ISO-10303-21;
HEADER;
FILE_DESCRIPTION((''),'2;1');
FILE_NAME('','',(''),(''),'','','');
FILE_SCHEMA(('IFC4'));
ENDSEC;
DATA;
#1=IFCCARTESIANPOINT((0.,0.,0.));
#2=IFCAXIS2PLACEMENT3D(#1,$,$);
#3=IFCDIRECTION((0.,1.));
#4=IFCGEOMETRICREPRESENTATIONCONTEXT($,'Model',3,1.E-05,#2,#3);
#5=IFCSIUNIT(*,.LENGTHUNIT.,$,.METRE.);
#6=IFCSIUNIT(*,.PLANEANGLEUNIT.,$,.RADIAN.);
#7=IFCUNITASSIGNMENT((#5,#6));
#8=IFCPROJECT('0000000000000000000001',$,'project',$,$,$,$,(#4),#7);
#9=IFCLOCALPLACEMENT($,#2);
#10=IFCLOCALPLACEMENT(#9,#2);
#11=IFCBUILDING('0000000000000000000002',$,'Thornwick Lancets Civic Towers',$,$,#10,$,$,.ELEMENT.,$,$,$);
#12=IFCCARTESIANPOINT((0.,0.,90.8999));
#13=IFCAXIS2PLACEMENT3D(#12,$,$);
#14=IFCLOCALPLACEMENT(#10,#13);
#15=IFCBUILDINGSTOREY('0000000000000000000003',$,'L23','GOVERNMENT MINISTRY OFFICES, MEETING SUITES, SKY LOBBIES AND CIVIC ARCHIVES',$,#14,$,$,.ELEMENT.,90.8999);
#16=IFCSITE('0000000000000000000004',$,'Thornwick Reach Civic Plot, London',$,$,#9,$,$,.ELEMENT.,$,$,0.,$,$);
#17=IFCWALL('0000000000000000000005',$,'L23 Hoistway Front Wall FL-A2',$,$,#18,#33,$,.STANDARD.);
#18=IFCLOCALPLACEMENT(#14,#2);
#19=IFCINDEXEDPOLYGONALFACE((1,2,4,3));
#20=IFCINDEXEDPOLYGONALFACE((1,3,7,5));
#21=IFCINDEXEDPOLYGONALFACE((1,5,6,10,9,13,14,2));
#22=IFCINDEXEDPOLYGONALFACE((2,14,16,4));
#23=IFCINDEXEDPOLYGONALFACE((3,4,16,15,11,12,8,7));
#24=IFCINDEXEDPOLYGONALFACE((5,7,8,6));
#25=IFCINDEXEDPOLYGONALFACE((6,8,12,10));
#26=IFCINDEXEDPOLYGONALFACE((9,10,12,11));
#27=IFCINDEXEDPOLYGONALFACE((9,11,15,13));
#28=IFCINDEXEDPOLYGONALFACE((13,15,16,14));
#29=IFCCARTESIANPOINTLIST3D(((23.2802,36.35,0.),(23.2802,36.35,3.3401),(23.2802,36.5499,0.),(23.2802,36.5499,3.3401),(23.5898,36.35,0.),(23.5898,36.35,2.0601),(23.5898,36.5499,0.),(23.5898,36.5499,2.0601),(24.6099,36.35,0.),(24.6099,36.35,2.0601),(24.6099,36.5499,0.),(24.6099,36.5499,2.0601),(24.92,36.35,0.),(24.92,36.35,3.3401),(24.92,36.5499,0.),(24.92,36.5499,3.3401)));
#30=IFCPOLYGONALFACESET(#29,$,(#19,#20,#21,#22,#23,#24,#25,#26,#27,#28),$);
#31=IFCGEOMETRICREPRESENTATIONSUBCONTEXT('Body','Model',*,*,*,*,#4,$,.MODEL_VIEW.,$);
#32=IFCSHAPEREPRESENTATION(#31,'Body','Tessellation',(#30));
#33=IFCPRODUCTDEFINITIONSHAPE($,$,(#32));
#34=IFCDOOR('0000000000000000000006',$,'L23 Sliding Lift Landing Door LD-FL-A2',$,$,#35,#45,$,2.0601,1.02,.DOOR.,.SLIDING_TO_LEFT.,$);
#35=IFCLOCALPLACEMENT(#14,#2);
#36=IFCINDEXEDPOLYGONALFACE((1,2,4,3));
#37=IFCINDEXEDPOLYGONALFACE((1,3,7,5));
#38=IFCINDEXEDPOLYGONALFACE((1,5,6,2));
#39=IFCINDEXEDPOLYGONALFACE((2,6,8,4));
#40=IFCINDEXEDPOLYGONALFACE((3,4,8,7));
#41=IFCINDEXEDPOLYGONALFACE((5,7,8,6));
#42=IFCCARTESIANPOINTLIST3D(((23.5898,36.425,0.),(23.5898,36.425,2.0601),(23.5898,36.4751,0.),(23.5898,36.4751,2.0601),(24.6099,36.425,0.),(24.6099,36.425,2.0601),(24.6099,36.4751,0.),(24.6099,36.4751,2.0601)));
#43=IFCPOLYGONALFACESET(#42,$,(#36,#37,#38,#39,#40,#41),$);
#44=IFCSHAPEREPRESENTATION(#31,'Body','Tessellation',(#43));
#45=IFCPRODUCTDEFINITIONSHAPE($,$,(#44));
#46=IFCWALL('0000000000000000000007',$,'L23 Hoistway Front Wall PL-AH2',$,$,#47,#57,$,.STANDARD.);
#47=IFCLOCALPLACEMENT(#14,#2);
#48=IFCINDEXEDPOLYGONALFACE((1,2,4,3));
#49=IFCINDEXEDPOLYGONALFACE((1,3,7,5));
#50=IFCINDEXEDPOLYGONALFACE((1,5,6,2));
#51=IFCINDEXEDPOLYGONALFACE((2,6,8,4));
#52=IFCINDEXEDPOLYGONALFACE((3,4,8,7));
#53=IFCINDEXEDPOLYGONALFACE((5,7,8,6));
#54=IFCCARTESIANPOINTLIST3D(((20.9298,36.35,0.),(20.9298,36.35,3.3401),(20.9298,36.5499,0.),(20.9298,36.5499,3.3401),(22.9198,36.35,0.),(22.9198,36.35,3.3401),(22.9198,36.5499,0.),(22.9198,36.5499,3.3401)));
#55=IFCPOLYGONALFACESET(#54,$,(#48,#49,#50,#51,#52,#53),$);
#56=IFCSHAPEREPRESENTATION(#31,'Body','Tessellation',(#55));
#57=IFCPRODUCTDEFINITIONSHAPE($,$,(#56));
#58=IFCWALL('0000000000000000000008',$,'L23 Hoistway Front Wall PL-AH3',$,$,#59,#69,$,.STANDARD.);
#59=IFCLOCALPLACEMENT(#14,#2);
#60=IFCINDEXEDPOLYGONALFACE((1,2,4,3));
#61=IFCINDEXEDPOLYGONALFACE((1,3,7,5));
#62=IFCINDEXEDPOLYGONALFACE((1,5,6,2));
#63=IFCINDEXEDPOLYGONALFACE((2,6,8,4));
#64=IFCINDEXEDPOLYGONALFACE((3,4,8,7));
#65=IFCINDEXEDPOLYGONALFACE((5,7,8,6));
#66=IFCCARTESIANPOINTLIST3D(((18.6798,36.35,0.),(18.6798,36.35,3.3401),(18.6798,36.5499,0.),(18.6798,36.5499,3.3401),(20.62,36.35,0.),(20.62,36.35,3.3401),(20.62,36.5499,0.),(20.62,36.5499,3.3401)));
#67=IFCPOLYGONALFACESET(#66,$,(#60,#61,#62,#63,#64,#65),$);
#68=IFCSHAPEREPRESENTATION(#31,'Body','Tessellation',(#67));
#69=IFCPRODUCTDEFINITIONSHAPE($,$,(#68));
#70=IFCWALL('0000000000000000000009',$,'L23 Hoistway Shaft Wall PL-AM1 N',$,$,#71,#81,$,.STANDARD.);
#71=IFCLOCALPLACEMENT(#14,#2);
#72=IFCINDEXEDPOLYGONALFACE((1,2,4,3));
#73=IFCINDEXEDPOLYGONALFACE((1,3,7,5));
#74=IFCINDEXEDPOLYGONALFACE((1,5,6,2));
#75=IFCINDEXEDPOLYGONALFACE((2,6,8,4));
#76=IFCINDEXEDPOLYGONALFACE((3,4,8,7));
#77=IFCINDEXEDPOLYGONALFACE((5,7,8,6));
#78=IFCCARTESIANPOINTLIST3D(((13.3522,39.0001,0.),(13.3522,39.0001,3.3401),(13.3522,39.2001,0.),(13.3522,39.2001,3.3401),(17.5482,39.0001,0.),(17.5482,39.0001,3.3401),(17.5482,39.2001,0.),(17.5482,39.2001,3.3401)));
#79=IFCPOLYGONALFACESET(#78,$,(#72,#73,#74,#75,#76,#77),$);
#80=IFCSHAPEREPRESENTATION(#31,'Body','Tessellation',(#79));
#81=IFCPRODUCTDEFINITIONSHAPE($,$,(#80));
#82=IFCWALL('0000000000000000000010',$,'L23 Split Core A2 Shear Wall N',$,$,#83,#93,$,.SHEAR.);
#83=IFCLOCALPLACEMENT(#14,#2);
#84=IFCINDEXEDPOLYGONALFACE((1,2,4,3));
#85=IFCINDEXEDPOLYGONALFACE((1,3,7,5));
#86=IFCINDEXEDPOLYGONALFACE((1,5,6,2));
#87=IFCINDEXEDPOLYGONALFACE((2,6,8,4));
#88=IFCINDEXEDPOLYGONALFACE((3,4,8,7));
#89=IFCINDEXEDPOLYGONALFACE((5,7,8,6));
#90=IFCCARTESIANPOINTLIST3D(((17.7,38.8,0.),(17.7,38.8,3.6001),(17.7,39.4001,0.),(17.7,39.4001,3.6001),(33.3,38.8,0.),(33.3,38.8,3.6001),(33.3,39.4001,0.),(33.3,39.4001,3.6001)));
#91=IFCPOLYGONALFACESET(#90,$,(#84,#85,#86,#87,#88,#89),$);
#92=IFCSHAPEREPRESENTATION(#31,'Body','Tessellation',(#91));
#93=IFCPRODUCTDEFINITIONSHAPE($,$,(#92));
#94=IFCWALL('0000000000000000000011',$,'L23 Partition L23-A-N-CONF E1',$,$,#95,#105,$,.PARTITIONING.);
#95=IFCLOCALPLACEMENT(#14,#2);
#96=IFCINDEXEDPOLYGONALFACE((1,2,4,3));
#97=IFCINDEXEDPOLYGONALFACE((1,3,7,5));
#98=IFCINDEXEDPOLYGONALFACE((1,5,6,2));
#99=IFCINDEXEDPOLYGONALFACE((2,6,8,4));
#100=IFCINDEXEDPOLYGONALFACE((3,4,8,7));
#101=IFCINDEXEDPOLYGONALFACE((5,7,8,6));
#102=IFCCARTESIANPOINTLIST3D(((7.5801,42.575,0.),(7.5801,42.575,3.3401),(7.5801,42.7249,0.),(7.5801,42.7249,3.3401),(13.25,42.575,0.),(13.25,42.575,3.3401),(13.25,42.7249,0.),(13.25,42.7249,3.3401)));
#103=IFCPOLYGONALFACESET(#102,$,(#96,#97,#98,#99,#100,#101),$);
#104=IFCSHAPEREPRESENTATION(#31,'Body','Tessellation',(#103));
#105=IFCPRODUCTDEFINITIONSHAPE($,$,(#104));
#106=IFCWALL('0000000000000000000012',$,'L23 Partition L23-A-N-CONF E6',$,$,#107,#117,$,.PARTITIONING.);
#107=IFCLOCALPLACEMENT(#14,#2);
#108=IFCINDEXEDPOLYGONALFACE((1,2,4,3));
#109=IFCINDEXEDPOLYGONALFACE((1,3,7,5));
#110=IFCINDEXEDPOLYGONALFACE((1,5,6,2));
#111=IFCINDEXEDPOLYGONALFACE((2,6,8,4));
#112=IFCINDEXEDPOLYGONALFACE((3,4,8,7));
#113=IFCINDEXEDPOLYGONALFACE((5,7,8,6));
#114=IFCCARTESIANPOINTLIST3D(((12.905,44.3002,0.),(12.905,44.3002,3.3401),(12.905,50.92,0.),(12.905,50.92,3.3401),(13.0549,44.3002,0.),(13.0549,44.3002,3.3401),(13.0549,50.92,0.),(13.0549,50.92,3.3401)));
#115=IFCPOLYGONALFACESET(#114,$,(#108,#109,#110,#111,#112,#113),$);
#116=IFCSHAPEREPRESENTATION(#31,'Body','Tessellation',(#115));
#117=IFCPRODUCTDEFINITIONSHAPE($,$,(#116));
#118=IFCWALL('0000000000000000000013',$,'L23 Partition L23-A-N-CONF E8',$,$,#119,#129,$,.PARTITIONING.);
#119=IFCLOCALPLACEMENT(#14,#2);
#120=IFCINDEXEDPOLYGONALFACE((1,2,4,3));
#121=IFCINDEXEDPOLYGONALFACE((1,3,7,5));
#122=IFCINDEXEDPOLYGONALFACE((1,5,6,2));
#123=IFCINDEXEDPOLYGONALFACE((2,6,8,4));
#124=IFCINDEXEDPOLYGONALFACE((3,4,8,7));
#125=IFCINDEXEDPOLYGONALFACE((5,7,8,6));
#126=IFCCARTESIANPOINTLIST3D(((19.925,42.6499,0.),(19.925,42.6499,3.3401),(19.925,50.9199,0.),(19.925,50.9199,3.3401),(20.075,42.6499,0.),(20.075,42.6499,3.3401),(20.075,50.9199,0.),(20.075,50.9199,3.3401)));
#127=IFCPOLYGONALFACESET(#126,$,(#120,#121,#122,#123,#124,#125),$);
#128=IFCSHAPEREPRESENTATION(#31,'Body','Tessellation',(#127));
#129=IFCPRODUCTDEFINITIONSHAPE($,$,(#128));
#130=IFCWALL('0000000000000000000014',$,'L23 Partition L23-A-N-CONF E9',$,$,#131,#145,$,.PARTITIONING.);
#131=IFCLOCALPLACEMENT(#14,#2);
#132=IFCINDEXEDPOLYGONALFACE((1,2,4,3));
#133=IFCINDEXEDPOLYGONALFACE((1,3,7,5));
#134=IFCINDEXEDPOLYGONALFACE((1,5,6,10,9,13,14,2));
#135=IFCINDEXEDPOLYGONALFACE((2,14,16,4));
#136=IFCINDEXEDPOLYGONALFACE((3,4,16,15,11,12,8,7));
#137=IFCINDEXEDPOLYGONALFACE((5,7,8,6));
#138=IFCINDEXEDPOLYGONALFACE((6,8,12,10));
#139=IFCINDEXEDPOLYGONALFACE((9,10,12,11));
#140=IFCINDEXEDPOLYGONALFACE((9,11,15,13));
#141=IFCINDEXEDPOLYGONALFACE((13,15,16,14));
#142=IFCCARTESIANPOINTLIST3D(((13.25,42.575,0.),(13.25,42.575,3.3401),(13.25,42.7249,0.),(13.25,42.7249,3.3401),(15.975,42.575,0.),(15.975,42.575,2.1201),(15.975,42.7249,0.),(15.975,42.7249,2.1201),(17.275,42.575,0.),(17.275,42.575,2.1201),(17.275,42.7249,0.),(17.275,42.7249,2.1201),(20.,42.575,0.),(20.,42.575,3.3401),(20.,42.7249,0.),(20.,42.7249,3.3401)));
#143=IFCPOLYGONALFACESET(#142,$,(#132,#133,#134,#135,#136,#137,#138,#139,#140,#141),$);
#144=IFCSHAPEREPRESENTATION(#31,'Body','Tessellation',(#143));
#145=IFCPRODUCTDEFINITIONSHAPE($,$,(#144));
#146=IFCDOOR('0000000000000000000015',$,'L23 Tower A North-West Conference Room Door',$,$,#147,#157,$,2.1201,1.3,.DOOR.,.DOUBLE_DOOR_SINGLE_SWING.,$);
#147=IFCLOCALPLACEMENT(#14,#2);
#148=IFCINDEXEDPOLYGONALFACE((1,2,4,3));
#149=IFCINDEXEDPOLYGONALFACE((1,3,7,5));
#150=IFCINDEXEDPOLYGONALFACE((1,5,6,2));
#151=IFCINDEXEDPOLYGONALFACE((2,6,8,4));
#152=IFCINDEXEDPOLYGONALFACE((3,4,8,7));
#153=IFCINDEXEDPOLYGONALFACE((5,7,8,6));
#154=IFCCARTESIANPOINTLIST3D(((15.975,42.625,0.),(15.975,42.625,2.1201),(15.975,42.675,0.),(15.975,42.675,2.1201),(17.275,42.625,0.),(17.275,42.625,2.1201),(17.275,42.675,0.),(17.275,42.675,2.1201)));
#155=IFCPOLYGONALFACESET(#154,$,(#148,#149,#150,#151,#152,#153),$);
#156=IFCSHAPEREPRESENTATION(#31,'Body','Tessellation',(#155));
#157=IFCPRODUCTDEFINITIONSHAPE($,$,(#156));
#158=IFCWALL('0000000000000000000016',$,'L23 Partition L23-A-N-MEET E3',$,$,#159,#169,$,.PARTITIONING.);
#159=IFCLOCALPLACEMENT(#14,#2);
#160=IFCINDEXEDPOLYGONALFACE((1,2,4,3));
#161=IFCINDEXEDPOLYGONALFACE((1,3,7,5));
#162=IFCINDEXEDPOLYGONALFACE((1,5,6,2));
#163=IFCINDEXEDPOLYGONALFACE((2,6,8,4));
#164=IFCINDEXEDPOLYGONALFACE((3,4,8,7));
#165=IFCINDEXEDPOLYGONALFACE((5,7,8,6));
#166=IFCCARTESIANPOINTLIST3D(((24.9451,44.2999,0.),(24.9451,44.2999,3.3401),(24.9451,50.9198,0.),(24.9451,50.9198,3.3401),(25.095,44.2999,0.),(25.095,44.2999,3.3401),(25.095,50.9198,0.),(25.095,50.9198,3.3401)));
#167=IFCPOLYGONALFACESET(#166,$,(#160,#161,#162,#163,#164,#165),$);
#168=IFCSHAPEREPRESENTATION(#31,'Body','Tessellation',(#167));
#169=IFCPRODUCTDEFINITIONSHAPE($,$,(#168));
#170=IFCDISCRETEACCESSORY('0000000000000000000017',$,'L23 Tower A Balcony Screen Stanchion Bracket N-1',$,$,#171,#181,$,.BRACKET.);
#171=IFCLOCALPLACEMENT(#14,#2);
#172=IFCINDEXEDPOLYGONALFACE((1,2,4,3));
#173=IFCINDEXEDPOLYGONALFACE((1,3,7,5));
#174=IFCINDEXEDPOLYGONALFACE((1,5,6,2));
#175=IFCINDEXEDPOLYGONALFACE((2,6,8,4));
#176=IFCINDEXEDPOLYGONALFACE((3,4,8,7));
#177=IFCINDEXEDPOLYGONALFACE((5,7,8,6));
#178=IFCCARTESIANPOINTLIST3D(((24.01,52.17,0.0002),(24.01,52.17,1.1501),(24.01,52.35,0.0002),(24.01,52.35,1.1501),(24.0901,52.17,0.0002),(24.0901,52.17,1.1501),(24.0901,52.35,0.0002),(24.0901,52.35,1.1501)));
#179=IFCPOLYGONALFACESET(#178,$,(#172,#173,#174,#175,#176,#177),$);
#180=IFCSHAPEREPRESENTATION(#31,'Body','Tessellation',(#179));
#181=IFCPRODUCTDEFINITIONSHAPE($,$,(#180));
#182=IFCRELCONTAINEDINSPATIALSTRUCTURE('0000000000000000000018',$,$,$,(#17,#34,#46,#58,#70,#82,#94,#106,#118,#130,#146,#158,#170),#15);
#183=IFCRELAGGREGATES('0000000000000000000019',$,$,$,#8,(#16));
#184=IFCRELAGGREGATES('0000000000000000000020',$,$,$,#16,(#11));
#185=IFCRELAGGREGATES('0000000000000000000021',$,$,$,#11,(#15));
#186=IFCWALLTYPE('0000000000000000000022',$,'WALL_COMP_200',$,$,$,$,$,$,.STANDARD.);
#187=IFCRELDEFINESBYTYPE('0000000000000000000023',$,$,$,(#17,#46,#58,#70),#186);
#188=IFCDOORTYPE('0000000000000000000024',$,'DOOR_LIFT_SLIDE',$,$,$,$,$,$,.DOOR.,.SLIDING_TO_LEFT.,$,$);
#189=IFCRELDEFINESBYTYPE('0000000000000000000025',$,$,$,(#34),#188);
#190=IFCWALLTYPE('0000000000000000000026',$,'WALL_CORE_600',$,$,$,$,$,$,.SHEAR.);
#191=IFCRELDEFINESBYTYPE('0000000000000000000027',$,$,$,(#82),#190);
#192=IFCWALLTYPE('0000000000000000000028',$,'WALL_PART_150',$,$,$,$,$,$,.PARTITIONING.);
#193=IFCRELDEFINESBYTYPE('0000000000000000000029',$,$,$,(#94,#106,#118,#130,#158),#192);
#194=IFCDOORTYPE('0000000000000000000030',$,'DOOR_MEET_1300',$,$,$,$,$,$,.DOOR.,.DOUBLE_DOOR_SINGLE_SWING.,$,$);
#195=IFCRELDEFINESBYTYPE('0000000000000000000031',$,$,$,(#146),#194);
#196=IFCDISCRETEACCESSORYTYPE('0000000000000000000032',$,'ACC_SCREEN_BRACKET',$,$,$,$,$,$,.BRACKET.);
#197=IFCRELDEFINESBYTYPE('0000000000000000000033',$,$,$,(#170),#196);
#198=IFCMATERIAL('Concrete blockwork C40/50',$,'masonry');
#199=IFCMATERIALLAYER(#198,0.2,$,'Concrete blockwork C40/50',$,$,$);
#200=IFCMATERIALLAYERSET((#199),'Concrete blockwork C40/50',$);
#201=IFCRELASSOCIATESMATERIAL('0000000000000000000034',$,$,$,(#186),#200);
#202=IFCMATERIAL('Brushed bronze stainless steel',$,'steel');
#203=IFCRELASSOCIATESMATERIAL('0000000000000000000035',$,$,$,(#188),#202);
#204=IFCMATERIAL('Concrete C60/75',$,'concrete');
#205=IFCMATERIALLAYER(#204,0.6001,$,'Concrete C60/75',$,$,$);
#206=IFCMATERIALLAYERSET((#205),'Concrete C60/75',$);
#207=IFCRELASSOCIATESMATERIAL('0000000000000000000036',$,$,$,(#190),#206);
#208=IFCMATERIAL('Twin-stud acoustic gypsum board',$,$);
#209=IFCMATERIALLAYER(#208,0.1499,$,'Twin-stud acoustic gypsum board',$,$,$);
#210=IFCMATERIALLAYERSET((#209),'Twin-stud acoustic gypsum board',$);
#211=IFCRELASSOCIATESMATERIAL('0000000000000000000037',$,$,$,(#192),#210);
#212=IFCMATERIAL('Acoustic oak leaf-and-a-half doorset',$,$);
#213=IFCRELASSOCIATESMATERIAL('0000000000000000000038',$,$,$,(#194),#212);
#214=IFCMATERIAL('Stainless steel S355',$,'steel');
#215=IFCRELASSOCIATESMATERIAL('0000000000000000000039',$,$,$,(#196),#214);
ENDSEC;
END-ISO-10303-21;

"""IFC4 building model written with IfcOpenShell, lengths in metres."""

from ifc_helpers import new_model, si_unit, direction, frame, frame_2d, origin, origin_2d, place, context, subcontext, project, spatial, rectangle, extrude, material, layer, layer_set, type_object, element, fill, save


model = new_model("IFC4")

# Units and contexts
model_context = context("Model", 3, precision=1e-05, world=origin(), true_north=direction((0.0, 1.0)))
body_context = subcontext(model_context, "Body", "Model", "MODEL_VIEW")
ifc_project = project(units=[si_unit("LENGTHUNIT", "METRE"), si_unit("PLANEANGLEUNIT", "RADIAN")], contexts=[model_context])

# Site, building, storey
site_placement = place(None, origin())
site = spatial("IfcSite", under=ifc_project, at=site_placement, Name="Thornwick Reach Civic Plot, London", CompositionType="ELEMENT", RefElevation=0.0)
building_placement = place(site_placement, origin())
building = spatial("IfcBuilding", under=site, at=building_placement, Name="Thornwick Lancets Civic Towers", CompositionType="ELEMENT")
storey_placement = place(building_placement, frame((0.0, 0.0, 90.8999)))
storey = spatial("IfcBuildingStorey", under=building, at=storey_placement, Name="L23", Description="GOVERNMENT MINISTRY OFFICES, MEETING SUITES, SKY LOBBIES AND CIVIC ARCHIVES", CompositionType="ELEMENT", Elevation=90.8999)

# Shared definitions
ifc_material_1 = material(Name="Concrete C60/75", Category="concrete")

# Wall, opening, door
ifc_material_2 = material(Name="Concrete blockwork C40/50", Category="masonry")
ifc_layer_1 = layer(ifc_material_2, 0.2, Name="Concrete blockwork C40/50")
ifc_layer_set_1 = layer_set([ifc_layer_1], Name="Concrete blockwork C40/50")
wall_type_1 = type_object("IfcWallType", Name="WALL_COMP_200", PredefinedType="STANDARD", material=ifc_layer_set_1)
wall_1_placement = place(storey_placement, frame((24.9199, 36.45, 0.0), z_axis=(0.0, 0.0, 1.0), x_axis=(-1.0, 0.0, 0.0)))
wall_1 = element("IfcWall", 1, at=wall_1_placement, inside=storey, type_object=wall_type_1, Name="L23 Hoistway Front Wall FL-A2", PredefinedType="STANDARD", context=body_context, shape_type="SweptSolid", body=[
    extrude(rectangle(XDim=1.6399, YDim=0.2, at=frame_2d((0.8198, 0.0))), origin(), (0.0, 0.0, 1.0), 3.3401),
])
opening_1_placement = place(wall_1_placement, frame((0.3101, 0.0, 0.0)))
opening_1 = element("IfcOpeningElement", 2, at=opening_1_placement, cuts=wall_1, PredefinedType="OPENING", context=body_context, shape_type="SweptSolid", body=[
    extrude(rectangle(XDim=1.02, YDim=2.0601, at=frame_2d((0.51, 1.03))), frame((0.0, 0.1099, 0.0), z_axis=(0.0, -1.0, 0.0), x_axis=(1.0, 0.0, 0.0)), (0.0, 0.0, 1.0), 0.22),
])
ifc_material_3 = material(Name="Brushed bronze stainless steel", Category="steel")
door_type_1 = type_object("IfcDoorType", Name="DOOR_LIFT_SLIDE", OperationType="SLIDING_TO_LEFT", PredefinedType="DOOR", material=ifc_material_3)
door_1_placement = place(opening_1_placement, origin())
door_1 = element("IfcDoor", 3, at=door_1_placement, inside=storey, type_object=door_type_1, Name="L23 Sliding Lift Landing Door LD-FL-A2", OperationType="SLIDING_TO_LEFT", OverallHeight=2.0601, OverallWidth=1.02, PredefinedType="DOOR", context=body_context, shape_type="SweptSolid", body=[
    extrude(rectangle(XDim=1.02, YDim=2.0601, at=frame_2d((0.51, 1.03))), frame((0.0, 0.0249, 0.0), z_axis=(0.0, -1.0, 0.0), x_axis=(1.0, 0.0, 0.0)), (0.0, 0.0, 1.0), 0.05),
])
fill(opening_1, door_1)

# Walls
wall_2_placement = place(storey_placement, frame((22.9199, 36.45, 0.0), z_axis=(0.0, 0.0, 1.0), x_axis=(-1.0, 0.0, 0.0)))
element("IfcWall", 4, at=wall_2_placement, inside=storey, type_object=wall_type_1, Name="L23 Hoistway Front Wall PL-AH2", PredefinedType="STANDARD", context=body_context, shape_type="SweptSolid", body=[
    extrude(rectangle(XDim=1.99, YDim=0.2, at=frame_2d((0.9951, 0.0))), origin(), (0.0, 0.0, 1.0), 3.3401),
])
wall_3_placement = place(storey_placement, frame((20.6201, 36.45, 0.0), z_axis=(0.0, 0.0, 1.0), x_axis=(-1.0, 0.0, 0.0)))
element("IfcWall", 5, at=wall_3_placement, inside=storey, type_object=wall_type_1, Name="L23 Hoistway Front Wall PL-AH3", PredefinedType="STANDARD", context=body_context, shape_type="SweptSolid", body=[
    extrude(rectangle(XDim=1.9402, YDim=0.2, at=frame_2d((0.9702, 0.0))), origin(), (0.0, 0.0, 1.0), 3.3401),
])
wall_4_placement = place(storey_placement, frame((13.3521, 39.1001, 0.0), z_axis=(0.0, 0.0, 1.0), x_axis=(1.0, 0.0, 0.0)))
element("IfcWall", 6, at=wall_4_placement, inside=storey, type_object=wall_type_1, Name="L23 Hoistway Shaft Wall PL-AM1 N", PredefinedType="STANDARD", context=body_context, shape_type="SweptSolid", body=[
    extrude(rectangle(XDim=4.196, YDim=0.2, at=frame_2d((2.0981, 0.0))), origin(), (0.0, 0.0, 1.0), 3.3401),
])
ifc_layer_2 = layer(ifc_material_1, 0.6001, Name="Concrete C60/75")
ifc_layer_set_2 = layer_set([ifc_layer_2], Name="Concrete C60/75")
wall_type_2 = type_object("IfcWallType", Name="WALL_CORE_600", PredefinedType="SHEAR", material=ifc_layer_set_2)
wall_5_placement = place(storey_placement, frame((17.7, 39.1001, 0.0), z_axis=(0.0, 0.0, 1.0), x_axis=(1.0, 0.0, 0.0)))
element("IfcWall", 7, at=wall_5_placement, inside=storey, type_object=wall_type_2, Name="L23 Split Core A2 Shear Wall N", PredefinedType="SHEAR", context=body_context, shape_type="SweptSolid", body=[
    extrude(rectangle(XDim=15.6001, YDim=0.6001, at=frame_2d((7.8, 0.0))), origin(), (0.0, 0.0, 1.0), 3.6001),
])
ifc_material_4 = material(Name="Twin-stud acoustic gypsum board")
ifc_layer_3 = layer(ifc_material_4, 0.1499, Name="Twin-stud acoustic gypsum board")
ifc_layer_set_3 = layer_set([ifc_layer_3], Name="Twin-stud acoustic gypsum board")
wall_type_3 = type_object("IfcWallType", Name="WALL_PART_150", PredefinedType="PARTITIONING", material=ifc_layer_set_3)
wall_6_placement = place(storey_placement, frame((13.25, 42.6499, 0.0), z_axis=(0.0, 0.0, 1.0), x_axis=(-1.0, 0.0, 0.0)))
element("IfcWall", 8, at=wall_6_placement, inside=storey, type_object=wall_type_3, Name="L23 Partition L23-A-N-CONF E1", PredefinedType="PARTITIONING", context=body_context, shape_type="SweptSolid", body=[
    extrude(rectangle(XDim=5.6699, YDim=0.1499, at=frame_2d((2.835, 0.0))), origin(), (0.0, 0.0, 1.0), 3.3401),
])
wall_7_placement = place(storey_placement, frame((12.98, 44.3, 0.0), z_axis=(0.0, 0.0, 1.0), x_axis=(0.0, 1.0, 0.0)))
element("IfcWall", 9, at=wall_7_placement, inside=storey, type_object=wall_type_3, Name="L23 Partition L23-A-N-CONF E6", PredefinedType="PARTITIONING", context=body_context, shape_type="SweptSolid", body=[
    extrude(rectangle(XDim=6.6199, YDim=0.1499, at=frame_2d((3.3101, 0.0))), origin(), (0.0, 0.0, 1.0), 3.3401),
])
wall_8_placement = place(storey_placement, frame((20.0, 50.9199, 0.0), z_axis=(0.0, 0.0, 1.0), x_axis=(0.0, -1.0, 0.0)))
element("IfcWall", 10, at=wall_8_placement, inside=storey, type_object=wall_type_3, Name="L23 Partition L23-A-N-CONF E8", PredefinedType="PARTITIONING", context=body_context, shape_type="SweptSolid", body=[
    extrude(rectangle(XDim=8.27, YDim=0.1499, at=frame_2d((4.135, 0.0))), origin(), (0.0, 0.0, 1.0), 3.3401),
])

# Wall, opening, door
wall_9_placement = place(storey_placement, frame((20.0, 42.6499, 0.0), z_axis=(0.0, 0.0, 1.0), x_axis=(-1.0, 0.0, 0.0)))
wall_9 = element("IfcWall", 11, at=wall_9_placement, inside=storey, type_object=wall_type_3, Name="L23 Partition L23-A-N-CONF E9", PredefinedType="PARTITIONING", context=body_context, shape_type="SweptSolid", body=[
    extrude(rectangle(XDim=6.75, YDim=0.1499, at=frame_2d((3.375, 0.0))), origin(), (0.0, 0.0, 1.0), 3.3401),
])
opening_2_placement = place(wall_9_placement, frame((2.7251, 0.0, 0.0)))
opening_2 = element("IfcOpeningElement", 12, at=opening_2_placement, cuts=wall_9, PredefinedType="OPENING", context=body_context, shape_type="SweptSolid", body=[
    extrude(rectangle(XDim=1.3, YDim=2.1201, at=frame_2d((0.6499, 1.0601))), frame((0.0, 0.085, 0.0), z_axis=(0.0, -1.0, 0.0), x_axis=(1.0, 0.0, 0.0)), (0.0, 0.0, 1.0), 0.1699),
])
ifc_material_5 = material(Name="Acoustic oak leaf-and-a-half doorset")
door_type_2 = type_object("IfcDoorType", Name="DOOR_MEET_1300", OperationType="DOUBLE_DOOR_SINGLE_SWING", PredefinedType="DOOR", material=ifc_material_5)
door_2_placement = place(opening_2_placement, origin())
door_2 = element("IfcDoor", 13, at=door_2_placement, inside=storey, type_object=door_type_2, Name="L23 Tower A North-West Conference Room Door", OperationType="DOUBLE_DOOR_SINGLE_SWING", OverallHeight=2.1201, OverallWidth=1.3, PredefinedType="DOOR", context=body_context, shape_type="SweptSolid", body=[
    extrude(rectangle(XDim=1.3, YDim=2.1201, at=frame_2d((0.6499, 1.0601))), frame((0.0, 0.0249, 0.0), z_axis=(0.0, -1.0, 0.0), x_axis=(1.0, 0.0, 0.0)), (0.0, 0.0, 1.0), 0.05),
])
fill(opening_2, door_2)

# Wall
wall_10_placement = place(storey_placement, frame((25.02, 50.9199, 0.0), z_axis=(0.0, 0.0, 1.0), x_axis=(0.0, -1.0, 0.0)))
element("IfcWall", 14, at=wall_10_placement, inside=storey, type_object=wall_type_3, Name="L23 Partition L23-A-N-MEET E3", PredefinedType="PARTITIONING", context=body_context, shape_type="SweptSolid", body=[
    extrude(rectangle(XDim=6.6199, YDim=0.1499, at=frame_2d((3.3101, 0.0))), origin(), (0.0, 0.0, 1.0), 3.3401),
])

# Discrete accessory
ifc_material_6 = material(Name="Stainless steel S355", Category="steel")
discrete_accessory_type = type_object("IfcDiscreteAccessoryType", Name="ACC_SCREEN_BRACKET", PredefinedType="BRACKET", material=ifc_material_6)
discrete_accessory_placement = place(storey_placement, frame((24.05, 52.26, 0.0002), z_axis=(0.0, 0.0, 1.0), x_axis=(1.0, 0.0, 0.0)))
element("IfcDiscreteAccessory", 15, at=discrete_accessory_placement, inside=storey, type_object=discrete_accessory_type, Name="L23 Tower A Balcony Screen Stanchion Bracket N-1", PredefinedType="BRACKET", context=body_context, shape_type="SweptSolid", body=[
    extrude(rectangle(XDim=0.0801, YDim=0.1799, at=origin_2d()), origin(), (0.0, 0.0, 1.0), 1.1499),
])

save(model, "model.ifc")
